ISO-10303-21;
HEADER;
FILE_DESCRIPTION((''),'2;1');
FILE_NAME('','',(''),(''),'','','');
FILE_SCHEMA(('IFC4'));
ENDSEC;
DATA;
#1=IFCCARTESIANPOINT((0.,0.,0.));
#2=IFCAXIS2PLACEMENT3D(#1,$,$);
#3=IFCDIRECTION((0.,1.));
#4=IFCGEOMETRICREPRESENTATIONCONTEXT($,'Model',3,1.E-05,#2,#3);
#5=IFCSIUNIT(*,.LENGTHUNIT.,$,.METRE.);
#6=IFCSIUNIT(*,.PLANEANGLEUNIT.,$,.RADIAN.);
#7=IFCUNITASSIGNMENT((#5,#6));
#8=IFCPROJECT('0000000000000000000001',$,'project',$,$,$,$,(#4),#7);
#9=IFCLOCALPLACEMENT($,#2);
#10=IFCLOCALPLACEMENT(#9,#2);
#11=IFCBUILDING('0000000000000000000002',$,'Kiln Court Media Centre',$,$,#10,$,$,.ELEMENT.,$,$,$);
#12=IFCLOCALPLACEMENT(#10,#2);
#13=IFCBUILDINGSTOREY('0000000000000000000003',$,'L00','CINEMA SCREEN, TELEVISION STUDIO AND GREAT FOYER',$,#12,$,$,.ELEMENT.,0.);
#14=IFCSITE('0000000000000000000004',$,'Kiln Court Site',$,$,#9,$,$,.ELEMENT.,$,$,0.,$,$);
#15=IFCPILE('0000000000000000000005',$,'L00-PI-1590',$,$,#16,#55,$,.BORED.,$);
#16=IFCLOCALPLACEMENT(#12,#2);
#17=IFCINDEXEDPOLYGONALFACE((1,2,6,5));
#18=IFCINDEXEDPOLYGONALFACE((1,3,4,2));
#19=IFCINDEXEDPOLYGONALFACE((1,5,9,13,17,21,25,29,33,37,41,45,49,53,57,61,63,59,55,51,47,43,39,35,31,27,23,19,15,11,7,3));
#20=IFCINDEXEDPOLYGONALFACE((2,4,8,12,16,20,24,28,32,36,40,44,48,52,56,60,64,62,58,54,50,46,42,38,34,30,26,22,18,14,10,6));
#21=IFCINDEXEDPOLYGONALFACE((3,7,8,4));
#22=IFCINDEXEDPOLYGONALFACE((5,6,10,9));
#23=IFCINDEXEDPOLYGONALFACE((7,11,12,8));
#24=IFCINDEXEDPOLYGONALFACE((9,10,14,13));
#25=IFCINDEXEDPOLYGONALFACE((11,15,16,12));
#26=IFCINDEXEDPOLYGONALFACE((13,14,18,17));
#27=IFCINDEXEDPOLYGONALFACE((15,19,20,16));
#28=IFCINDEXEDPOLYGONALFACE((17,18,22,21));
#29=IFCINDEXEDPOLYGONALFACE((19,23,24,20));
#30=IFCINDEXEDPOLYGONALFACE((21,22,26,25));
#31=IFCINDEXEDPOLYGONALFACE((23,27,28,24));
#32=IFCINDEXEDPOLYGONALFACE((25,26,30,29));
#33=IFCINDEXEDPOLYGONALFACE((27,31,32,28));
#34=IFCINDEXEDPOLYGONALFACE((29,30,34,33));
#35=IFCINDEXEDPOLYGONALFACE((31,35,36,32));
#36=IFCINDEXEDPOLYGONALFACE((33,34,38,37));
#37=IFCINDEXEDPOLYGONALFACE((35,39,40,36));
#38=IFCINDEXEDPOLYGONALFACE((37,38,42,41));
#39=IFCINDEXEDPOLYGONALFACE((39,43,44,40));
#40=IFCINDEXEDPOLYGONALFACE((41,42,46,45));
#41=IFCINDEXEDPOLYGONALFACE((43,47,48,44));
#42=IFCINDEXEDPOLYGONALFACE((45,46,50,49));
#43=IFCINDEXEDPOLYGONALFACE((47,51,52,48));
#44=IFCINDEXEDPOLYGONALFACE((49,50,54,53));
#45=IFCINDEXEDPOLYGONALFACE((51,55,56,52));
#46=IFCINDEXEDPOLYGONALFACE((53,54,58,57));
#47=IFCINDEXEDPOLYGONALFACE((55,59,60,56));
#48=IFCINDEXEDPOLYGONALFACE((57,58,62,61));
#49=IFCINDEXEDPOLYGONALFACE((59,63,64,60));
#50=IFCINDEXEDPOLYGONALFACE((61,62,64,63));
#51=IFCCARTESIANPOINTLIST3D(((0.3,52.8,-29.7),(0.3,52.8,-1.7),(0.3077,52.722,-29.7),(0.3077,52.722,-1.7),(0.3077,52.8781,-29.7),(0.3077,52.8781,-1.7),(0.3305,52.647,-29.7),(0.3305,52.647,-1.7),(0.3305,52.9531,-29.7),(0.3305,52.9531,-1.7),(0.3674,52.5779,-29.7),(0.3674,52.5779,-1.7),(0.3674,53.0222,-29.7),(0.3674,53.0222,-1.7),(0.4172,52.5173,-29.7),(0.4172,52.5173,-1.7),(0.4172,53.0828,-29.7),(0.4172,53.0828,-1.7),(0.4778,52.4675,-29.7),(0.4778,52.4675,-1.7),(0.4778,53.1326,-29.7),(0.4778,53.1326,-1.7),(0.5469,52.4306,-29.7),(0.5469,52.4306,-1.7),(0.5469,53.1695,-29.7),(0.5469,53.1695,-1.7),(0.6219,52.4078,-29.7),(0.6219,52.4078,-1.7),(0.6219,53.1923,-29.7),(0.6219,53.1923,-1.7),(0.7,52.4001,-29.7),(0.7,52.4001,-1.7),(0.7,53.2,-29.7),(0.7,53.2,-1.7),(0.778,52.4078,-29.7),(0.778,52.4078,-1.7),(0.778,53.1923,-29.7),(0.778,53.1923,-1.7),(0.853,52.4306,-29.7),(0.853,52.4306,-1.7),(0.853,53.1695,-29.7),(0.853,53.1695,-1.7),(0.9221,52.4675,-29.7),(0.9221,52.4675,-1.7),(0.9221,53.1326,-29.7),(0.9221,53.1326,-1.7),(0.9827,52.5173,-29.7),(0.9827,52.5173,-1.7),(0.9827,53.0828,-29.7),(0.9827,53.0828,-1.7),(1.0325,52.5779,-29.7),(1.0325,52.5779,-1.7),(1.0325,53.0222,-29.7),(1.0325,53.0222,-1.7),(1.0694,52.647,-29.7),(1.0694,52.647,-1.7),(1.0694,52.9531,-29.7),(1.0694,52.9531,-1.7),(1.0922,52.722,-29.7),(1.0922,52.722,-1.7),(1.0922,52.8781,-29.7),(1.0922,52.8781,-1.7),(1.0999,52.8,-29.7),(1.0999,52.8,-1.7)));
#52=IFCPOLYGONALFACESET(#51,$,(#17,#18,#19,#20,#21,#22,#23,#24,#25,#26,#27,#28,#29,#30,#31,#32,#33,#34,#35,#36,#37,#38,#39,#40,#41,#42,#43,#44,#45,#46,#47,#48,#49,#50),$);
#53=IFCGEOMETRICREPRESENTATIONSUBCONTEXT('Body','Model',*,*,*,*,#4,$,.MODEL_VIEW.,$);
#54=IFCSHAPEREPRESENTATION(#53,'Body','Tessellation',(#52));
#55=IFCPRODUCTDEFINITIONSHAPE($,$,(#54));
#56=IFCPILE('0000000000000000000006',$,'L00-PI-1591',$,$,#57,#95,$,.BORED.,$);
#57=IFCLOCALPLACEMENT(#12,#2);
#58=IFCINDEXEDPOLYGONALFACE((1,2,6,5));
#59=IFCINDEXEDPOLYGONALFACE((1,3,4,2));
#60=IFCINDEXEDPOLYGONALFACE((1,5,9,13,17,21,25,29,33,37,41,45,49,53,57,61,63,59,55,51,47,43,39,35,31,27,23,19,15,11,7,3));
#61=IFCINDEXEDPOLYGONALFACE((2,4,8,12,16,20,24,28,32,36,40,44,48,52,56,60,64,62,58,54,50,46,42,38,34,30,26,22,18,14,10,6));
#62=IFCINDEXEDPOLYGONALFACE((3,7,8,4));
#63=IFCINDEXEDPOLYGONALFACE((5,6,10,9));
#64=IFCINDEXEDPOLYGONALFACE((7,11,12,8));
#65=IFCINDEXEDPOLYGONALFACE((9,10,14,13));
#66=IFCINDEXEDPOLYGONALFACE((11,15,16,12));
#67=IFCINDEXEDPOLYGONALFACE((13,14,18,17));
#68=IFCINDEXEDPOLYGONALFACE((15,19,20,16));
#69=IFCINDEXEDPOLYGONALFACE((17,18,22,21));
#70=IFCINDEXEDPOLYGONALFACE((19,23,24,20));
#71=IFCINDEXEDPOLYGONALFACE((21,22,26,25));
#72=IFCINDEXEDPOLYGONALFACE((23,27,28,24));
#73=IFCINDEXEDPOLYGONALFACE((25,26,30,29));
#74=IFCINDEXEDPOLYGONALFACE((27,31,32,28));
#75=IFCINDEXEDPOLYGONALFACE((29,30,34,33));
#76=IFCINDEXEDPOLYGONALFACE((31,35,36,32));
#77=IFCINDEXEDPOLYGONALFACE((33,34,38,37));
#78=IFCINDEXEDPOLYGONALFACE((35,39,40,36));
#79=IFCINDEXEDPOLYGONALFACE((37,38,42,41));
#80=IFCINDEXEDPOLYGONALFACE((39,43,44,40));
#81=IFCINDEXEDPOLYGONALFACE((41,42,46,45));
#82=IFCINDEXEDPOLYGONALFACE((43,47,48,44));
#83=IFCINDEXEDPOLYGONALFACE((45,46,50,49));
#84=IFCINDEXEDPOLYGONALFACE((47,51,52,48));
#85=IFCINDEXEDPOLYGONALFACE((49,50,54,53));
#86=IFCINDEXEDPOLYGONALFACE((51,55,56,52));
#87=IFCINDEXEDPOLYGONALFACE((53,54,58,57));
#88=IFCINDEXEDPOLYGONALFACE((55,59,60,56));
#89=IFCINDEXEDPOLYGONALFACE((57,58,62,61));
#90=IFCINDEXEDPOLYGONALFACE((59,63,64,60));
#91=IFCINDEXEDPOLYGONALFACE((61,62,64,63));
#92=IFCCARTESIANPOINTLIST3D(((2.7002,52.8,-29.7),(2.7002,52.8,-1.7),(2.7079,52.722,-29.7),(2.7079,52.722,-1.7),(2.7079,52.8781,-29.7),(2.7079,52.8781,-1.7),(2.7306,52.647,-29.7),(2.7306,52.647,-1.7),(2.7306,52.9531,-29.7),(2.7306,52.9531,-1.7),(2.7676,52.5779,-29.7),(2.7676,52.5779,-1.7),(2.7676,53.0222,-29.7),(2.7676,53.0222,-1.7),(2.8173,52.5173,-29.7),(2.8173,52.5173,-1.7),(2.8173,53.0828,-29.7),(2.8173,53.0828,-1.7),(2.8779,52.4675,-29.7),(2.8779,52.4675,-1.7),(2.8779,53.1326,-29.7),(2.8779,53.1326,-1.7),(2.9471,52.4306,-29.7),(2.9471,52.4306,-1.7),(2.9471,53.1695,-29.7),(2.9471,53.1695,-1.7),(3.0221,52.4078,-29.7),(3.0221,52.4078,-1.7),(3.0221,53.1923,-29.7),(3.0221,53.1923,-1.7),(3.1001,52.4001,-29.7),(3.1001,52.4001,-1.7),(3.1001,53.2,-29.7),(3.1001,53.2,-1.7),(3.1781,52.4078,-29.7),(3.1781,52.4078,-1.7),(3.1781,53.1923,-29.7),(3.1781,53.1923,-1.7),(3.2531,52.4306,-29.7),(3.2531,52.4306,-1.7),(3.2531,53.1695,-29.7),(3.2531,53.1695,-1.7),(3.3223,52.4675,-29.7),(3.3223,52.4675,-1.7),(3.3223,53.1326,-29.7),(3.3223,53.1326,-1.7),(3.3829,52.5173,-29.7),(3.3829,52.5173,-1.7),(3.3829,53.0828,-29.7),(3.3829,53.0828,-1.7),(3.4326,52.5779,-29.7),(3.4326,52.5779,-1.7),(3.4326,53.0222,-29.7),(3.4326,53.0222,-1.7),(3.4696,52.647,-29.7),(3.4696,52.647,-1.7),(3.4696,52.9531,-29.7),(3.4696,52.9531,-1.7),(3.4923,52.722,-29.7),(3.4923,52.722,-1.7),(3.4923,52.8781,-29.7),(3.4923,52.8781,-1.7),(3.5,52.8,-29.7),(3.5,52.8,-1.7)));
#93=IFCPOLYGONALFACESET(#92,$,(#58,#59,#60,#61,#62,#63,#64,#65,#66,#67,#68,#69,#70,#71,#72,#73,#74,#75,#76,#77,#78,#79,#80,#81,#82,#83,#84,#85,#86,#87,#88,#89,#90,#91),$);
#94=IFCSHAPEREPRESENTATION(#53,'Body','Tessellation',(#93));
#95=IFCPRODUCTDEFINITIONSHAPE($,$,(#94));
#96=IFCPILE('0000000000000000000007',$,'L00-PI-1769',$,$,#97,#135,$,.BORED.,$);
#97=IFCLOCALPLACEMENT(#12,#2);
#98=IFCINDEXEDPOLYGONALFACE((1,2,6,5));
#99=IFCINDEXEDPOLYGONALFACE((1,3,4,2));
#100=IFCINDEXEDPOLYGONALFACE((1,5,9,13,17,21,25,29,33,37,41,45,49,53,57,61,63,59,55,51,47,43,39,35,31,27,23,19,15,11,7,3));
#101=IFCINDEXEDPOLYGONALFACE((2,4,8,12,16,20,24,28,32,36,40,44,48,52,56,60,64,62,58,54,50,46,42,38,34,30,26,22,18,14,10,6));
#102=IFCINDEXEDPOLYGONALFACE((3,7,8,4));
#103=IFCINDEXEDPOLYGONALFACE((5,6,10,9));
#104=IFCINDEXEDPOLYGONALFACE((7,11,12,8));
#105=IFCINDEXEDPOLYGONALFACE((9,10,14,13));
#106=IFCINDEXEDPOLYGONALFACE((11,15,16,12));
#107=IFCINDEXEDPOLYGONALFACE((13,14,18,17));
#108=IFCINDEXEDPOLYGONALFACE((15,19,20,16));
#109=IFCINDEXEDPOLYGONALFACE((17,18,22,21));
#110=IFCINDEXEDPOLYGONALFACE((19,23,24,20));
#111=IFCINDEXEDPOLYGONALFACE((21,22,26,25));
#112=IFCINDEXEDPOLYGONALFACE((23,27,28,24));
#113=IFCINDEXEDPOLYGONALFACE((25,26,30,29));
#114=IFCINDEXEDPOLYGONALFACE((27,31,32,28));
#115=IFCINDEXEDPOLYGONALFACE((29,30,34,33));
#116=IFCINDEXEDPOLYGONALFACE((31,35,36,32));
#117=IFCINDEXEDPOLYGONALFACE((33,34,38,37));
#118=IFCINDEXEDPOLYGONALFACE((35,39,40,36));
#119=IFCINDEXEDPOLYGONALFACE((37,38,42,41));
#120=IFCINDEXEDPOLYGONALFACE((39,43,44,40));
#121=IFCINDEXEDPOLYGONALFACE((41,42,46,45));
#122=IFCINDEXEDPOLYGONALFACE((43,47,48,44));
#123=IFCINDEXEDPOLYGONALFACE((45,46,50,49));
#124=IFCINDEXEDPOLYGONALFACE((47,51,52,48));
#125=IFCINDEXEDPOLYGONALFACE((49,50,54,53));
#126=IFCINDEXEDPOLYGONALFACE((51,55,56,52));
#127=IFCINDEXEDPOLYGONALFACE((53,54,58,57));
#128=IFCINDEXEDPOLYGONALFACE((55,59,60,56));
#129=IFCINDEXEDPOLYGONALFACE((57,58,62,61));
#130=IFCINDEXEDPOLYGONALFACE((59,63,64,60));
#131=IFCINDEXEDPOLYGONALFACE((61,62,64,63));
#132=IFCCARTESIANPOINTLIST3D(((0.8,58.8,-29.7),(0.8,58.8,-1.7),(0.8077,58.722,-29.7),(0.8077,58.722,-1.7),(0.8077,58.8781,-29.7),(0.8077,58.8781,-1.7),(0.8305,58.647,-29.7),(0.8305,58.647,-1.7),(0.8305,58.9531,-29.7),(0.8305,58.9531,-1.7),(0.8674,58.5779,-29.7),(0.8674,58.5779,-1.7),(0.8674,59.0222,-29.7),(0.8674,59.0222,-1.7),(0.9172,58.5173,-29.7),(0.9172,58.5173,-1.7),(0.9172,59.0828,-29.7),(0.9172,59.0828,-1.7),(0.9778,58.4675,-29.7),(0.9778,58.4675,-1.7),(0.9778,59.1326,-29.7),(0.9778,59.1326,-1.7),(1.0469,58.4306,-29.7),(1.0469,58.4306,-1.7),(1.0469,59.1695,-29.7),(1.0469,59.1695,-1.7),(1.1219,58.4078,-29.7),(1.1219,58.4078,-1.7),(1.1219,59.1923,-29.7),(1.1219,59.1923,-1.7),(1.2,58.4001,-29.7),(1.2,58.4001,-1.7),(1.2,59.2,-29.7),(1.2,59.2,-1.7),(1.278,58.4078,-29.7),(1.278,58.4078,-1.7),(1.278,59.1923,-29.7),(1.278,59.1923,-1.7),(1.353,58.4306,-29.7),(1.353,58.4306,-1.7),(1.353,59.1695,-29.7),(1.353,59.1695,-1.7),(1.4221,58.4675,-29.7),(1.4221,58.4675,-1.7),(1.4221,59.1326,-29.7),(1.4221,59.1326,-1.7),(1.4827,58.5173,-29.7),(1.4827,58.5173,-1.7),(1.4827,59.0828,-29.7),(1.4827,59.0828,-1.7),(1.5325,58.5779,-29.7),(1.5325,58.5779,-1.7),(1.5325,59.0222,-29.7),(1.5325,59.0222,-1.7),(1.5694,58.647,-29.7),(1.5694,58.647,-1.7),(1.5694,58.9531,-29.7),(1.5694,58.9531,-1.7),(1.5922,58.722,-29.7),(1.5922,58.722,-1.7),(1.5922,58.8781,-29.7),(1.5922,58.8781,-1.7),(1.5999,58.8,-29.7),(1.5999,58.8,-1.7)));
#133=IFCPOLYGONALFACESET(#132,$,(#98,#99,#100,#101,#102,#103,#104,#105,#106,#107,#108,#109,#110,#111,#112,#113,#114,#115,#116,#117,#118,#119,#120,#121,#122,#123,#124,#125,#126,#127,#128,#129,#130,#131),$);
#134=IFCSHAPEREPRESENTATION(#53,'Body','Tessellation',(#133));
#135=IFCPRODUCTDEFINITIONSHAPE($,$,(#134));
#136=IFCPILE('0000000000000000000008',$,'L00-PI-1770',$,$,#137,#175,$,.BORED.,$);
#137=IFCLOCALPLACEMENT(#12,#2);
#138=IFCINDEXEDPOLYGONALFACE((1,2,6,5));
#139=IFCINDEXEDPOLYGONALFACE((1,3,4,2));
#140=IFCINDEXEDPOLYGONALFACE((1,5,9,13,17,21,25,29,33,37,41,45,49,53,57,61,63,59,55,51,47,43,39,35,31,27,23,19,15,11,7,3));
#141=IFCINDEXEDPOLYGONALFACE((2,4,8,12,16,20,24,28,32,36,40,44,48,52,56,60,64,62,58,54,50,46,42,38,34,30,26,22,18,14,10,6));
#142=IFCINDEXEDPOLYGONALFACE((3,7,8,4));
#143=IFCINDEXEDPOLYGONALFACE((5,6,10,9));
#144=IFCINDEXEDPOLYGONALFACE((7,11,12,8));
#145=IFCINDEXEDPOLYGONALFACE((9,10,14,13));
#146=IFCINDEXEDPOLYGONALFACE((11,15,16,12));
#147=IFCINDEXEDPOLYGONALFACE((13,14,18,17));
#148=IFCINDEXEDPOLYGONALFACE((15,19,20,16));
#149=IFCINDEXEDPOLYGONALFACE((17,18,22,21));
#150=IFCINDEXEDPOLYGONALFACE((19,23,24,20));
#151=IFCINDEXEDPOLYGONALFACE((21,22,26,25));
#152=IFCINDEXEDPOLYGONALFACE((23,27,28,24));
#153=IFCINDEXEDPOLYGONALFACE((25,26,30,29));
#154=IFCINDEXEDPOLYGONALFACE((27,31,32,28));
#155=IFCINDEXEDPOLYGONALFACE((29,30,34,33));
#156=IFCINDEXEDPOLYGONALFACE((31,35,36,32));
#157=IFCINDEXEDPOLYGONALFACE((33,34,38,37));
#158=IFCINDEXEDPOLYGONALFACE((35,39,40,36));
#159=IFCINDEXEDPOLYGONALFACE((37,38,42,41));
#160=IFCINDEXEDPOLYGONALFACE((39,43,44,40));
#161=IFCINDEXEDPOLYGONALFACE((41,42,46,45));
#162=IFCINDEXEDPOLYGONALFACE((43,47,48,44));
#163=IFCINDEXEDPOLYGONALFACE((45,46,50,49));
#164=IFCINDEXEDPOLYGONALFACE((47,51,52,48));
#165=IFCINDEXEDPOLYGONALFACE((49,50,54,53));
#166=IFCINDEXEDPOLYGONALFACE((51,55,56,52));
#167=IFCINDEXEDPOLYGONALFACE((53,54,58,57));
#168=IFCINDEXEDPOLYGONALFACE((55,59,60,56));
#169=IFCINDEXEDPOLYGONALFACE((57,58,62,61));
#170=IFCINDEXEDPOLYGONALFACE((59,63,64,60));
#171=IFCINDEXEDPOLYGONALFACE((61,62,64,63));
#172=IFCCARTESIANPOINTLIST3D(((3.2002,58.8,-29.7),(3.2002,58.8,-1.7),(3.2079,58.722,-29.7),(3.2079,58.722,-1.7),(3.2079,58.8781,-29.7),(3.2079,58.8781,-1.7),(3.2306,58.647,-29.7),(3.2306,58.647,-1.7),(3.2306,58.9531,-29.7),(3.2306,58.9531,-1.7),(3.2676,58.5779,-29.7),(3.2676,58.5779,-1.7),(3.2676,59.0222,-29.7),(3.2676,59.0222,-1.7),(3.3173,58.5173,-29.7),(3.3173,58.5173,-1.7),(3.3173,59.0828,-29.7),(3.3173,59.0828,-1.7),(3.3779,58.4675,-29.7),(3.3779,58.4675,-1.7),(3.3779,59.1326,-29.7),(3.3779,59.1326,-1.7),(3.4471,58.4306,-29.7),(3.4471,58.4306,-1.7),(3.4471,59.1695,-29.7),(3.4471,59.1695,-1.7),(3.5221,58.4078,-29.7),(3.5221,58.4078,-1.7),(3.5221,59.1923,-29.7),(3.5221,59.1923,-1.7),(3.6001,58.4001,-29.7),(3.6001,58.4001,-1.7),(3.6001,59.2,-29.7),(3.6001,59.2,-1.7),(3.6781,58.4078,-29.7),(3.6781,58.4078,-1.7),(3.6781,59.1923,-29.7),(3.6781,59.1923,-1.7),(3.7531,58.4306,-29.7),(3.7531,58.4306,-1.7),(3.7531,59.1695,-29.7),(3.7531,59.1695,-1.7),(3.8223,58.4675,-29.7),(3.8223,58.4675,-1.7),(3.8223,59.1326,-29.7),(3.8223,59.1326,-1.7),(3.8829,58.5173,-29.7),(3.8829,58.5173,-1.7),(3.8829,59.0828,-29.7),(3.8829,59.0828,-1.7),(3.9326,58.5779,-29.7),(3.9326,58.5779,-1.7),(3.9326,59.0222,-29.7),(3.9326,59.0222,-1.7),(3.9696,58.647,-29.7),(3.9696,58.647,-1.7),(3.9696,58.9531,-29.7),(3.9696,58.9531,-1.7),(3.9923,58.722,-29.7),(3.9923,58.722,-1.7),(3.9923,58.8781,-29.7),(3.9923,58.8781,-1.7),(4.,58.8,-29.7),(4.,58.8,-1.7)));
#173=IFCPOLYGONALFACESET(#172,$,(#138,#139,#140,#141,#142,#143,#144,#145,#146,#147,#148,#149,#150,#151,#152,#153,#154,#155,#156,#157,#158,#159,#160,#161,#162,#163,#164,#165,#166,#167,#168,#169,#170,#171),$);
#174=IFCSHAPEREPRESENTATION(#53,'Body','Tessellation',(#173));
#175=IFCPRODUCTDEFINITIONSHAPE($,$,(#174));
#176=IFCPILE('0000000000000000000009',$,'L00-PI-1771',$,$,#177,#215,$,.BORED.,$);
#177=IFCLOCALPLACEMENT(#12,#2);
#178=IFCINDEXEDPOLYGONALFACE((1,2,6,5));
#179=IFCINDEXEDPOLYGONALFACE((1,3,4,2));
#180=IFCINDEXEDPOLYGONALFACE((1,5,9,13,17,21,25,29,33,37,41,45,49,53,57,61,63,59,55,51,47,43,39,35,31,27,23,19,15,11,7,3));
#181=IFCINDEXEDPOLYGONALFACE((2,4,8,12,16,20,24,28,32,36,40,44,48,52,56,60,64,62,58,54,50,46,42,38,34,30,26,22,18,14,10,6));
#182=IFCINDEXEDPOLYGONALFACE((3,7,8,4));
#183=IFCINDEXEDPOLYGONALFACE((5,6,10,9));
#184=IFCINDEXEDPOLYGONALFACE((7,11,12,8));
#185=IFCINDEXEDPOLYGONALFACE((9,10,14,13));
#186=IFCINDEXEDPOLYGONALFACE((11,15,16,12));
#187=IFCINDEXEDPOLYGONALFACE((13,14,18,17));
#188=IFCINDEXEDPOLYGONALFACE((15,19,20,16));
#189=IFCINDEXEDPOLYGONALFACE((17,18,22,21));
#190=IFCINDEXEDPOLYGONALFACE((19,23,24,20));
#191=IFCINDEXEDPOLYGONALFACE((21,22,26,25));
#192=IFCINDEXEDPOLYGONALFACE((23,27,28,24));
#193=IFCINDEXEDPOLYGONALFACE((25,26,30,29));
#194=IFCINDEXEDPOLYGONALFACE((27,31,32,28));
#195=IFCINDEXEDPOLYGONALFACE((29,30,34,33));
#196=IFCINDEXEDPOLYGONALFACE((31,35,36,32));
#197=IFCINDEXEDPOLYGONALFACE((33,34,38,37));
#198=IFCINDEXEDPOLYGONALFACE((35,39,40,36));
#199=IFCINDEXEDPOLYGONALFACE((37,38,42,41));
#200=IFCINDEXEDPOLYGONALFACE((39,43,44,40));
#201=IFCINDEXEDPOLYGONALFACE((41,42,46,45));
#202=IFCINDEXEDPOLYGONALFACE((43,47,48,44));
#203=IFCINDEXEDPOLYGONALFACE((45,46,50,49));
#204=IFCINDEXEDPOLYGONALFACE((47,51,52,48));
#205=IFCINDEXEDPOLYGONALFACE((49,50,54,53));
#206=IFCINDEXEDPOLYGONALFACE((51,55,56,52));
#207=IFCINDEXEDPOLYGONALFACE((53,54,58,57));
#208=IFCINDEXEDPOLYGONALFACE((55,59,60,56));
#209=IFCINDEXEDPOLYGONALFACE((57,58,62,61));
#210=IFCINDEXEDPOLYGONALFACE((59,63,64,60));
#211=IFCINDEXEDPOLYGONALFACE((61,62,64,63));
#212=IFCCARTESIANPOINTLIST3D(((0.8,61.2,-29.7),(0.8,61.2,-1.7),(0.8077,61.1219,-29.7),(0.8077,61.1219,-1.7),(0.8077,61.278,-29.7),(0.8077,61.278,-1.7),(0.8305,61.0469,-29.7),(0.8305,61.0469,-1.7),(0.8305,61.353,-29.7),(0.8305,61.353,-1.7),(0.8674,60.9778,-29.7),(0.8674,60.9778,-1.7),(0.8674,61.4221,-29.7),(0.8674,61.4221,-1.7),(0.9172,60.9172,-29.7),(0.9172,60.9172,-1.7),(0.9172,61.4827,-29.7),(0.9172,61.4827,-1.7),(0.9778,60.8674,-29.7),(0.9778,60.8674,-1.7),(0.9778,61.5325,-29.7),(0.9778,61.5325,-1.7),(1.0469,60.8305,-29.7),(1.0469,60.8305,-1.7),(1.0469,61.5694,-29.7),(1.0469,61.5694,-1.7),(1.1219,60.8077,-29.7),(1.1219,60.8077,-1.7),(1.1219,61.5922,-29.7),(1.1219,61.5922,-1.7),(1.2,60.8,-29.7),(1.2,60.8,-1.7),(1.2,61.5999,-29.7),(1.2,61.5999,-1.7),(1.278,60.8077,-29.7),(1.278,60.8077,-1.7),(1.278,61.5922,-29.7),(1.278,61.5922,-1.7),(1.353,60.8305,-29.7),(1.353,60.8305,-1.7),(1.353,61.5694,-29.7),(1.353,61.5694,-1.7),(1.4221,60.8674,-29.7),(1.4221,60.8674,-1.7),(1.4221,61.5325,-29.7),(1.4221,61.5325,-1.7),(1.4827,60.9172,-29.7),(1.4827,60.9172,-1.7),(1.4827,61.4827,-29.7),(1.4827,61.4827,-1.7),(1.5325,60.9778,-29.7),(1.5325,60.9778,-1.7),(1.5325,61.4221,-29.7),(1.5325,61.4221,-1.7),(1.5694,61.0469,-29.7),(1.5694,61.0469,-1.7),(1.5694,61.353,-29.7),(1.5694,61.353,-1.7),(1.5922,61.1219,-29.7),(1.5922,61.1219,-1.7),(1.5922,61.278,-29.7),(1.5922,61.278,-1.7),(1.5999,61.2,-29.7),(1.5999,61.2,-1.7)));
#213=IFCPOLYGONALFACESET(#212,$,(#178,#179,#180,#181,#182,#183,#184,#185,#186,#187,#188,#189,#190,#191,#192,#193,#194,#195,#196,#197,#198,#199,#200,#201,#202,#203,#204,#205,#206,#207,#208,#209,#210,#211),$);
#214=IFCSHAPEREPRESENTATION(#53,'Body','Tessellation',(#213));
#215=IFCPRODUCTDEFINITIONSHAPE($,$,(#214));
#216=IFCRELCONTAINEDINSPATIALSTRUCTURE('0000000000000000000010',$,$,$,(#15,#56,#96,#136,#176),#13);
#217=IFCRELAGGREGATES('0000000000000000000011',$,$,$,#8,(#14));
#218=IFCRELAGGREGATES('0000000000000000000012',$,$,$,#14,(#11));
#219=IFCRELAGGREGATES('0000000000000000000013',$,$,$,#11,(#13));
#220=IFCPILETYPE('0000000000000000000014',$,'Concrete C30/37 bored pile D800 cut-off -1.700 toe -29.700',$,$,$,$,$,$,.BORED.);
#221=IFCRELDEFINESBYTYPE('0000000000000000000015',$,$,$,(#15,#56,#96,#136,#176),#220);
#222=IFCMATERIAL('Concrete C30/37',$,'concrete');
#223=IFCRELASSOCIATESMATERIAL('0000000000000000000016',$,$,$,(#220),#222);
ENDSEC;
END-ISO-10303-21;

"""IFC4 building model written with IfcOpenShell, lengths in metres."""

from ifc_helpers import new_model, si_unit, direction, frame, origin, origin_2d, place, context, subcontext, project, spatial, circle, extrude, material, material_profile, profile_set, type_object, element, save


model = new_model("IFC4")

# Units and contexts
model_context = context("Model", 3, precision=1e-05, world=origin(), true_north=direction((0.0, 1.0)))
body_context = subcontext(model_context, "Body", "Model", "MODEL_VIEW")
ifc_project = project(units=[si_unit("LENGTHUNIT", "METRE"), si_unit("PLANEANGLEUNIT", "RADIAN")], contexts=[model_context])

# Site, building, storey
site_placement = place(None, origin())
site = spatial("IfcSite", under=ifc_project, at=site_placement, Name="Kiln Court Site", CompositionType="ELEMENT", RefElevation=0.0)
building_placement = place(site_placement, origin())
building = spatial("IfcBuilding", under=site, at=building_placement, Name="Kiln Court Media Centre", CompositionType="ELEMENT")
storey_placement = place(building_placement, origin())
storey = spatial("IfcBuildingStorey", under=building, at=storey_placement, Name="L00", Description="CINEMA SCREEN, TELEVISION STUDIO AND GREAT FOYER", CompositionType="ELEMENT", Elevation=0.0)

# Piles
ifc_material_1 = material(Name="Concrete C30/37", Category="concrete")
ifc_material_profile = material_profile(ifc_material_1, circle(Radius=0.3999, at=origin_2d()), Name="PILE D800")
ifc_profile_set = profile_set([ifc_material_profile], Name="Concrete C30/37")
pile_type = type_object("IfcPileType", Name="Concrete C30/37 bored pile D800 cut-off -1.700 toe -29.700", PredefinedType="BORED", material=ifc_profile_set)
for number, where, z_axis, x_axis, name in (
    (1, (0.7, 52.8, -1.7), (0.0, 0.0, -1.0), (1.0, 0.0, 0.0), "L00-PI-1590"),
    (2, (3.1001, 52.8, -1.7), (0.0, 0.0, -1.0), (1.0, 0.0, 0.0), "L00-PI-1591"),
    (3, (1.2, 58.8, -1.7), (0.0, 0.0, -1.0), (1.0, 0.0, 0.0), "L00-PI-1769"),
    (4, (3.6001, 58.8, -1.7), (0.0, 0.0, -1.0), (1.0, 0.0, 0.0), "L00-PI-1770"),
    (5, (1.2, 61.2, -1.7), (0.0, 0.0, -1.0), (1.0, 0.0, 0.0), "L00-PI-1771"),
):
    element("IfcPile", number, at=place(storey_placement, frame(where, z_axis=z_axis, x_axis=x_axis)), inside=storey, type_object=pile_type, Name=name, PredefinedType="BORED", context=body_context, shape_type="SweptSolid", body=[
        extrude(circle(Radius=0.3999, at=origin_2d()), origin(), (0.0, 0.0, 1.0), 28.0),
    ])

save(model, "model.ifc")
